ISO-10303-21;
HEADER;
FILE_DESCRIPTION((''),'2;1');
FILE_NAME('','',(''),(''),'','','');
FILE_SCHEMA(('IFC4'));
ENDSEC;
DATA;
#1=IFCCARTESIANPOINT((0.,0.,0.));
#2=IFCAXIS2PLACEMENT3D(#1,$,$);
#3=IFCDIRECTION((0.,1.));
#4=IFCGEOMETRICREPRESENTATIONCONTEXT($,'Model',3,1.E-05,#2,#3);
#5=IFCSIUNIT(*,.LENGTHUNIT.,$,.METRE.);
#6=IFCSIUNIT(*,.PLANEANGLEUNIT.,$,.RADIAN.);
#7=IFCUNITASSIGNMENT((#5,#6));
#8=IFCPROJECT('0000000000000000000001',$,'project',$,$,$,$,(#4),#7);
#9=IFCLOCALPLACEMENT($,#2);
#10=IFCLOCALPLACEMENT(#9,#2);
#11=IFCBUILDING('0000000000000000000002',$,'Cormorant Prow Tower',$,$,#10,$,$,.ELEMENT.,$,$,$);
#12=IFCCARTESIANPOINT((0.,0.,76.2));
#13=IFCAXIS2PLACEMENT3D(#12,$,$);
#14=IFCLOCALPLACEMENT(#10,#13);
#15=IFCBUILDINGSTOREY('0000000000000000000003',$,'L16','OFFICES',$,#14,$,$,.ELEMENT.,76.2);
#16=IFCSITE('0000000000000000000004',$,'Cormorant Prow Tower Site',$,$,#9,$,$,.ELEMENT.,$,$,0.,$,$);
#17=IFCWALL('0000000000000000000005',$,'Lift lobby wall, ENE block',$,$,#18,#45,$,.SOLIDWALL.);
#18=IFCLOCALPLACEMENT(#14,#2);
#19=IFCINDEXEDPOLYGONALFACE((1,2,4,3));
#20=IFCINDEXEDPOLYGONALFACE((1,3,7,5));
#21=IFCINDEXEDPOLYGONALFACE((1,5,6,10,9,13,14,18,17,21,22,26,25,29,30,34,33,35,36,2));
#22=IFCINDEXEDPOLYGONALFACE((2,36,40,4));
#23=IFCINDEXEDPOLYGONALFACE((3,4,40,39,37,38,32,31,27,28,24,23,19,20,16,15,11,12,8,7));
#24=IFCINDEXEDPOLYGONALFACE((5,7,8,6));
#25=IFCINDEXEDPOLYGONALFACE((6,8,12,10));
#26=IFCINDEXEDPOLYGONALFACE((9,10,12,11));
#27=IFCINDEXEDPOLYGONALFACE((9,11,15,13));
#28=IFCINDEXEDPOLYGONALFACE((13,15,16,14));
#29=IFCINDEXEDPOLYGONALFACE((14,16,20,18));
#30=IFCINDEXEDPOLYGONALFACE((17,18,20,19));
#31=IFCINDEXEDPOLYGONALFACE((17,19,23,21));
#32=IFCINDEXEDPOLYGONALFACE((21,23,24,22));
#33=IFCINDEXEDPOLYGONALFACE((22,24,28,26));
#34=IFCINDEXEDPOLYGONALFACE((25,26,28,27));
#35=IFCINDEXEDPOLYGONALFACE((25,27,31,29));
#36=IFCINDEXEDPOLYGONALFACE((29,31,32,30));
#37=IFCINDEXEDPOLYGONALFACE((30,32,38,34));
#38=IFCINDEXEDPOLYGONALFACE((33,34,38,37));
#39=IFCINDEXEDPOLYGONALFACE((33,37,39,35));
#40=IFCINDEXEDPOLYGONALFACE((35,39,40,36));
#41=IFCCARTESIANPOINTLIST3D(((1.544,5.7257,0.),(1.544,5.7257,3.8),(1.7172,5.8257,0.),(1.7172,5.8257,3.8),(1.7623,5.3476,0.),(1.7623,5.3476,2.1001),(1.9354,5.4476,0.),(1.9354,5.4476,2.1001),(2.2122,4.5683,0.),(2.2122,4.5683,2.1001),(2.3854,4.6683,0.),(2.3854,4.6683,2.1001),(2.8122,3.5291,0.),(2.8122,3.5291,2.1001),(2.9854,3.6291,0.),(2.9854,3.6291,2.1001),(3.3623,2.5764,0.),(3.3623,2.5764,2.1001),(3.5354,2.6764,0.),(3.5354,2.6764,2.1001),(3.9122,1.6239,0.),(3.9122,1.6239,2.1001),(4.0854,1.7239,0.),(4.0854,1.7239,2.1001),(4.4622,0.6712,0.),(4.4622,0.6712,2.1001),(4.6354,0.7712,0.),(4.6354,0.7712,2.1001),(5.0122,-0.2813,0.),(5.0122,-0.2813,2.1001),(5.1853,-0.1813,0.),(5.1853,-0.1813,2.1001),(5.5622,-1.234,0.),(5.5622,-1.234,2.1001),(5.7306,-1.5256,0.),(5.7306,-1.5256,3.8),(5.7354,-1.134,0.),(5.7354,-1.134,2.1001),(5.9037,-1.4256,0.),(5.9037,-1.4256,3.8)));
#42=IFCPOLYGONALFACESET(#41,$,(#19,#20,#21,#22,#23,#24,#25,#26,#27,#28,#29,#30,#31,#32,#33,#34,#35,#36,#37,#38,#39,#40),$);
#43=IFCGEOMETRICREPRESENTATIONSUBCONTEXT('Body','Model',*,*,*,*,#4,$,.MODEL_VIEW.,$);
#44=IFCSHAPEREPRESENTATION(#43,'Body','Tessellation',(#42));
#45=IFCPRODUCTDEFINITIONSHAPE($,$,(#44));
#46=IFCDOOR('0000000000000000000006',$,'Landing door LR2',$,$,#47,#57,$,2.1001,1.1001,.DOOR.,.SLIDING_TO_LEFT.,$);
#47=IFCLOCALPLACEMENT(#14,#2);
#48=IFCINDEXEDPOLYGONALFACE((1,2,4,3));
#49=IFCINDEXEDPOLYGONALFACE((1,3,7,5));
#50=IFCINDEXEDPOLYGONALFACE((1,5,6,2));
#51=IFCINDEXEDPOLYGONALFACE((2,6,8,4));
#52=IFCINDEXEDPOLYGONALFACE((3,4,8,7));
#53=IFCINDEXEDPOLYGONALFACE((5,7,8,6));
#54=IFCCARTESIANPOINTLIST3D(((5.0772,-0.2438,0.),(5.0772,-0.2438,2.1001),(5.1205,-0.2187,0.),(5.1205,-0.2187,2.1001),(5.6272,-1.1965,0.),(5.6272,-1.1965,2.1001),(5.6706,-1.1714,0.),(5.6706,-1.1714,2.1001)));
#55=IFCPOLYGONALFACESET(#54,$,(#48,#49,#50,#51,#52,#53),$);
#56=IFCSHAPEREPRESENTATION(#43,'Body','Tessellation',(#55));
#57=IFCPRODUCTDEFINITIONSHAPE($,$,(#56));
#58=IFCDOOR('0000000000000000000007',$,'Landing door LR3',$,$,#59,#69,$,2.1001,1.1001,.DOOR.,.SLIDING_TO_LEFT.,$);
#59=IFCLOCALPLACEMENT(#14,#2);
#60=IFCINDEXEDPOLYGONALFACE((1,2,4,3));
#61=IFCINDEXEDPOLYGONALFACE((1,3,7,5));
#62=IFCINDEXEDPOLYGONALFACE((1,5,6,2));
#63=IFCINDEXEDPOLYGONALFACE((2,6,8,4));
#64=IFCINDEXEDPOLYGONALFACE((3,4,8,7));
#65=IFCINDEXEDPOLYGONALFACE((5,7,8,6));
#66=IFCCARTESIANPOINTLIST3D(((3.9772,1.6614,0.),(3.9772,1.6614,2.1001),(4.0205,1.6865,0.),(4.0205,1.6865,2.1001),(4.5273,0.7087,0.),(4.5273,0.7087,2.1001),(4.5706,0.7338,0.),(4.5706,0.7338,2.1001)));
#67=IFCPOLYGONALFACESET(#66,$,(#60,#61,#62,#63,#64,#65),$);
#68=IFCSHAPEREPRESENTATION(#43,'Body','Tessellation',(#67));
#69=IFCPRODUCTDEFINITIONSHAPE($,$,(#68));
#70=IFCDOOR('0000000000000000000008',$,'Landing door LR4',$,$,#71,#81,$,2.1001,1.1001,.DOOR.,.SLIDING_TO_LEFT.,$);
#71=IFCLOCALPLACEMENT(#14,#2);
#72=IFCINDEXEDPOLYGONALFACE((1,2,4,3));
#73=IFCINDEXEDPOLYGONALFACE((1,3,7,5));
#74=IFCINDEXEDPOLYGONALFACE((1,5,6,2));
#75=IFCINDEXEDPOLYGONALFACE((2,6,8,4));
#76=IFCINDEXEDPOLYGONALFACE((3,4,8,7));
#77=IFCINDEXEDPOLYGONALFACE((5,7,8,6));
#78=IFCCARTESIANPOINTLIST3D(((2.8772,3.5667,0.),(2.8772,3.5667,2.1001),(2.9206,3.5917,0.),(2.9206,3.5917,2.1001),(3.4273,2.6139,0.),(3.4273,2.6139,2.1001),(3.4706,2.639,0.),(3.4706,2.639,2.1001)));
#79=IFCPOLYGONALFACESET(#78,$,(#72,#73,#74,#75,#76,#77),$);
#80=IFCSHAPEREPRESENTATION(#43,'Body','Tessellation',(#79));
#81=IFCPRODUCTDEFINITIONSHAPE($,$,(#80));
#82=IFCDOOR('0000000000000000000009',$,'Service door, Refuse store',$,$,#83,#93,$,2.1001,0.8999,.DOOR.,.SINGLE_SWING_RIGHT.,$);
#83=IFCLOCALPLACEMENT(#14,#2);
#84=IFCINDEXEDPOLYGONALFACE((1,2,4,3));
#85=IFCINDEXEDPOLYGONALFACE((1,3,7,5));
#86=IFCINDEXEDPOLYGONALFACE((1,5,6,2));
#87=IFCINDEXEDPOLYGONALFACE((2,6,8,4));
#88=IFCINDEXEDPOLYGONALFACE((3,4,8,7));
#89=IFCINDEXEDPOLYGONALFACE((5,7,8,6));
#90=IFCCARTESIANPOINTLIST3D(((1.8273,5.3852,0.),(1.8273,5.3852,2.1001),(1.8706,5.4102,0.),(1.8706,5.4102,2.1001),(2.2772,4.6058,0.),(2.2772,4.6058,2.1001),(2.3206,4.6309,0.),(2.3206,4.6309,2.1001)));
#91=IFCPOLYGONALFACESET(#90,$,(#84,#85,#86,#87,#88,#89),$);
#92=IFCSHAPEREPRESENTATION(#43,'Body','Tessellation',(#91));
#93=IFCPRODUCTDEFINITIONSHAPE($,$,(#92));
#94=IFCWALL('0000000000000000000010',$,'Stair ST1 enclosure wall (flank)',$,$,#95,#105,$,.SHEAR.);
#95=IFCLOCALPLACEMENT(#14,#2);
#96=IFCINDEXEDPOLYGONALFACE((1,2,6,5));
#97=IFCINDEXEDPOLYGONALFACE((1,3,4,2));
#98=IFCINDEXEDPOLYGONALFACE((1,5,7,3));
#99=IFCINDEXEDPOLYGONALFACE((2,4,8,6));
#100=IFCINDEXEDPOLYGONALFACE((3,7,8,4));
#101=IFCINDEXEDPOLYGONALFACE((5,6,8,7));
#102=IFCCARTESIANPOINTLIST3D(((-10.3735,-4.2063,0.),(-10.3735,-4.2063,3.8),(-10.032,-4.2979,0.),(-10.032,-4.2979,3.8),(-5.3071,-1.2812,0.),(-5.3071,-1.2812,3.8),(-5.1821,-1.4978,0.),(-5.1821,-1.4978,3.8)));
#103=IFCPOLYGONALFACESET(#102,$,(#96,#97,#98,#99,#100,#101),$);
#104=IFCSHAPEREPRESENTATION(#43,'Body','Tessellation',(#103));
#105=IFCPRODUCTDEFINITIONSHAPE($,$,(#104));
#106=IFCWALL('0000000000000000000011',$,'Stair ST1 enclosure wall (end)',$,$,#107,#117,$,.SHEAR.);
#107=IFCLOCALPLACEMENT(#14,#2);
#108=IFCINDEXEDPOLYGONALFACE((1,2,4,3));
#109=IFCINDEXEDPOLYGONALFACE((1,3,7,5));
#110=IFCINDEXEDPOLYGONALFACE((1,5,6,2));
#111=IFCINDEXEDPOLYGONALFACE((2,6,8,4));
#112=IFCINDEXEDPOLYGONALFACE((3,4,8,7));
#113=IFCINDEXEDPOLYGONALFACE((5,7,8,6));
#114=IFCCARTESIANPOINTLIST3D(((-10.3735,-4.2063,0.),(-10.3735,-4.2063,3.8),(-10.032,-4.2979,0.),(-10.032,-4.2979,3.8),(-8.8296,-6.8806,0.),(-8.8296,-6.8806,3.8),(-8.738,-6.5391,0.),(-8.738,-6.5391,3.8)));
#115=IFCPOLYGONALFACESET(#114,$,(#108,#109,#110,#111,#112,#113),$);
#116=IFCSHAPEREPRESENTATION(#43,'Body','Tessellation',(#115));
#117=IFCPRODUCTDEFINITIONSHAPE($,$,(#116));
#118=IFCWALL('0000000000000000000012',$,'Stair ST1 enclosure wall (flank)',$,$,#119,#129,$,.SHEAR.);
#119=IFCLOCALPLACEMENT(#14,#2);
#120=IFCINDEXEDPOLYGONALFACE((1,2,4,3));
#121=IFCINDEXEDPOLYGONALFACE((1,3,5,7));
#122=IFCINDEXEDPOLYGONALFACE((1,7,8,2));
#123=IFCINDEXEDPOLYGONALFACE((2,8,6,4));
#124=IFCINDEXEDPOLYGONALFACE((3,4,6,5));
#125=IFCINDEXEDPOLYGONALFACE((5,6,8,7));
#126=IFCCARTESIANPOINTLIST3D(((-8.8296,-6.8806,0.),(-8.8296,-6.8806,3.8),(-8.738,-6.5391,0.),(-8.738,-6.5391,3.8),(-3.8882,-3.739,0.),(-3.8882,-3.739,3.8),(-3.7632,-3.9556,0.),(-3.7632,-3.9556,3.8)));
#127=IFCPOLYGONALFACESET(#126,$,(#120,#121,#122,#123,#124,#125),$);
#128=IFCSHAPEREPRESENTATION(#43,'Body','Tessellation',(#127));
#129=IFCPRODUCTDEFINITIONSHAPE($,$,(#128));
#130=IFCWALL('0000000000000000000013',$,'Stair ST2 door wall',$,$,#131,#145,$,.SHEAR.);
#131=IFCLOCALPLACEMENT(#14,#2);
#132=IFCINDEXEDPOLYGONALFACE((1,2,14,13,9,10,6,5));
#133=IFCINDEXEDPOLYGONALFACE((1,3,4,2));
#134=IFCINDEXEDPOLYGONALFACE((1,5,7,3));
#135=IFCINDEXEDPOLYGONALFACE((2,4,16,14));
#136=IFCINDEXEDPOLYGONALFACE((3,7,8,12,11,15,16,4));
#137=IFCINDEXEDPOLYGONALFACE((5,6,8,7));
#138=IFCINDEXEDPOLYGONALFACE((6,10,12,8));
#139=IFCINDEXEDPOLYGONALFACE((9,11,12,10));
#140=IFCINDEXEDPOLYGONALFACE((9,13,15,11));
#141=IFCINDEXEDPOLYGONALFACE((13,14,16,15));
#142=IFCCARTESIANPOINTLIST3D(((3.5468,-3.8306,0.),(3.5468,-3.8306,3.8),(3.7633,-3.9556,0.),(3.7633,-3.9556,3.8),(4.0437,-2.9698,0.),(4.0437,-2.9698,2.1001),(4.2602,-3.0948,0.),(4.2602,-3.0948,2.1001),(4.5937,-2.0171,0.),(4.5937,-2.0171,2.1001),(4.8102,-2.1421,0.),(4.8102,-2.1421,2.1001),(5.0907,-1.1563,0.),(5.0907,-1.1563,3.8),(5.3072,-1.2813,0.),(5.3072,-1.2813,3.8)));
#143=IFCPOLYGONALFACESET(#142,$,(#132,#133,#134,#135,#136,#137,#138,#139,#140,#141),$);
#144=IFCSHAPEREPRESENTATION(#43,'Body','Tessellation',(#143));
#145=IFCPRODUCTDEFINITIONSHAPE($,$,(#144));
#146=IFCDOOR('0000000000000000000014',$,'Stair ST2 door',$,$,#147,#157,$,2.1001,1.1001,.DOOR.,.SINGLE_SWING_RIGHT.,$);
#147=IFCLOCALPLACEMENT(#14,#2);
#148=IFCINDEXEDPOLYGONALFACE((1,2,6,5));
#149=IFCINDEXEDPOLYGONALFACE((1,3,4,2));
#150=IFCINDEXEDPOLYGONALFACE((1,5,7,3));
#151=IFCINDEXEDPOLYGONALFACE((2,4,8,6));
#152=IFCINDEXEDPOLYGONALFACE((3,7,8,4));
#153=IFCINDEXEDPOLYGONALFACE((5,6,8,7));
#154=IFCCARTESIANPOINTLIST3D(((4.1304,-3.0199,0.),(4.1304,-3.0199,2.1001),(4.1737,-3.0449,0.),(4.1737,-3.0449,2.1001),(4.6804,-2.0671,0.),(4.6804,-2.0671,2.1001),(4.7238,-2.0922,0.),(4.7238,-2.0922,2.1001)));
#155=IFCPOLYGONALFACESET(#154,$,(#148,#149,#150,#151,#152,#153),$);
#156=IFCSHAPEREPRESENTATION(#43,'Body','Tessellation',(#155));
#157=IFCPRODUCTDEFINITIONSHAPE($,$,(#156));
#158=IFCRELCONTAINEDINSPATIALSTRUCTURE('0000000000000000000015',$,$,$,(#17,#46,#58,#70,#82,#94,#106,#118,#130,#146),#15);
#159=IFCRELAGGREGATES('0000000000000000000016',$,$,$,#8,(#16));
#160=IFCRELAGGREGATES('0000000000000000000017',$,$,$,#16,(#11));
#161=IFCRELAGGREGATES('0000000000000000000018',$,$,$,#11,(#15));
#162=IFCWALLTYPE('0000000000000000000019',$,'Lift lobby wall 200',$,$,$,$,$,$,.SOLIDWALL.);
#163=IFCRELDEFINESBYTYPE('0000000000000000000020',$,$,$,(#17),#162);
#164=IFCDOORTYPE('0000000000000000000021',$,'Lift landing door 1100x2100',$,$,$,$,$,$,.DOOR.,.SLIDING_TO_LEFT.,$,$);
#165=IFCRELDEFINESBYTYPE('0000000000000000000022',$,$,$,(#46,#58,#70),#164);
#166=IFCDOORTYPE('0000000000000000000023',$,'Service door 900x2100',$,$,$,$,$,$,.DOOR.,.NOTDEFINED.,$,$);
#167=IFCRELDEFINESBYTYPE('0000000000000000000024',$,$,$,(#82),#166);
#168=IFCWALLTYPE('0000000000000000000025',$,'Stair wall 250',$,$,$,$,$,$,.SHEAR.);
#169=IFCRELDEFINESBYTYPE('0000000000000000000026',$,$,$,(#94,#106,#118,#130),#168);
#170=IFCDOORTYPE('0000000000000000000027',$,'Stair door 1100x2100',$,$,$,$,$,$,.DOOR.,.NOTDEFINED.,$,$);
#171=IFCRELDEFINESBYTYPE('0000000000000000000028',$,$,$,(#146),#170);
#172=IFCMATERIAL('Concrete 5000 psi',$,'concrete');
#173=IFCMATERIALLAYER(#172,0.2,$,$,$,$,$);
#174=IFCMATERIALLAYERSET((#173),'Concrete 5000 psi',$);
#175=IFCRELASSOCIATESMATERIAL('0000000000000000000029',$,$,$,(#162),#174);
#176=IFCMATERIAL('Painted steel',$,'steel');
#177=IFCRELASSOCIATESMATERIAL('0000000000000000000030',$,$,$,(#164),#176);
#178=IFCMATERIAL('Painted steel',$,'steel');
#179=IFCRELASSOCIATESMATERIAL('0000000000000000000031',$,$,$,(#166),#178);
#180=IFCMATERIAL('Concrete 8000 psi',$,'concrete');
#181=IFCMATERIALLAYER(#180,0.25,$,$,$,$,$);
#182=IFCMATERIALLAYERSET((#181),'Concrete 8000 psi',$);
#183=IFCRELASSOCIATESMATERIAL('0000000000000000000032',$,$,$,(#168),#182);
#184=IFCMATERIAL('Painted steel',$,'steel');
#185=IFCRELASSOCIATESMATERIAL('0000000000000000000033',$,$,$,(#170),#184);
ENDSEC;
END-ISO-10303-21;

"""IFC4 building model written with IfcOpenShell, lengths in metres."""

from ifc_helpers import new_model, si_unit, direction, frame, frame_2d, origin, place, context, subcontext, project, spatial, polyline, rectangle, outline, extrude, material, layer, layer_set, type_object, element, fill, save


model = new_model("IFC4")

# Units and contexts
model_context = context("Model", 3, precision=1e-05, world=origin(), true_north=direction((0.0, 1.0)))
body_context = subcontext(model_context, "Body", "Model", "MODEL_VIEW")
ifc_project = project(units=[si_unit("LENGTHUNIT", "METRE"), si_unit("PLANEANGLEUNIT", "RADIAN")], contexts=[model_context])

# Site, building, storey
site_placement = place(None, origin())
site = spatial("IfcSite", under=ifc_project, at=site_placement, Name="Cormorant Prow Tower Site", CompositionType="ELEMENT", RefElevation=0.0)
building_placement = place(site_placement, origin())
building = spatial("IfcBuilding", under=site, at=building_placement, Name="Cormorant Prow Tower", CompositionType="ELEMENT")
storey_placement = place(building_placement, frame((0.0, 0.0, 76.2)))
storey = spatial("IfcBuildingStorey", under=building, at=storey_placement, Name="L16", Description="OFFICES", CompositionType="ELEMENT", Elevation=76.2)

# Wall, openings, doors
ifc_material_1 = material(Name="Concrete 5000 psi", Category="concrete")
ifc_layer_1 = layer(ifc_material_1, 0.2)
ifc_layer_set_1 = layer_set([ifc_layer_1], Name="Concrete 5000 psi")
wall_type_1 = type_object("IfcWallType", Name="Lift lobby wall 200", PredefinedType="SOLIDWALL", material=ifc_layer_set_1)
wall_1_placement = place(storey_placement, frame((5.8171, -1.4756, 0.0), z_axis=(0.0, 0.0, 1.0), x_axis=(-0.500003, 0.866024, 0.0)))
wall_1 = element("IfcWall", 1, at=wall_1_placement, inside=storey, type_object=wall_type_1, Name="Lift lobby wall, ENE block", PredefinedType="SOLIDWALL", context=body_context, shape_type="SweptSolid", body=[
    extrude(rectangle(XDim=8.373, YDim=0.2, at=frame_2d((4.1865, 0.0))), origin(), (0.0, 0.0, 1.0), 3.8),
])
opening_1_placement = place(wall_1_placement, frame((0.3367, 0.0, 0.0)))
opening_1 = element("IfcOpeningElement", 2, at=opening_1_placement, cuts=wall_1, PredefinedType="OPENING", context=body_context, shape_type="SweptSolid", body=[
    extrude(rectangle(XDim=1.1001, YDim=2.1001, at=frame_2d((0.55, 1.05))), frame((0.0, 0.1099, 0.0), z_axis=(0.0, -1.0, 0.0), x_axis=(1.0, 0.0, 0.0)), (0.0, 0.0, 1.0), 0.22),
])
opening_2_placement = place(wall_1_placement, frame((2.5366, 0.0, 0.0)))
opening_2 = element("IfcOpeningElement", 3, at=opening_2_placement, cuts=wall_1, PredefinedType="OPENING", context=body_context, shape_type="SweptSolid", body=[
    extrude(rectangle(XDim=1.1001, YDim=2.1001, at=frame_2d((0.55, 1.05))), frame((0.0, 0.1099, 0.0), z_axis=(0.0, -1.0, 0.0), x_axis=(1.0, 0.0, 0.0)), (0.0, 0.0, 1.0), 0.22),
])
opening_3_placement = place(wall_1_placement, frame((4.7366, 0.0, 0.0)))
opening_3 = element("IfcOpeningElement", 4, at=opening_3_placement, cuts=wall_1, PredefinedType="OPENING", context=body_context, shape_type="SweptSolid", body=[
    extrude(rectangle(XDim=1.1001, YDim=2.1001, at=frame_2d((0.55, 1.05))), frame((0.0, 0.1099, 0.0), z_axis=(0.0, -1.0, 0.0), x_axis=(1.0, 0.0, 0.0)), (0.0, 0.0, 1.0), 0.22),
])
opening_4_placement = place(wall_1_placement, frame((7.0366, 0.0, 0.0)))
opening_4 = element("IfcOpeningElement", 5, at=opening_4_placement, cuts=wall_1, PredefinedType="OPENING", context=body_context, shape_type="SweptSolid", body=[
    extrude(rectangle(XDim=0.8999, YDim=2.1001, at=frame_2d((0.45, 1.05))), frame((0.0, 0.1099, 0.0), z_axis=(0.0, -1.0, 0.0), x_axis=(1.0, 0.0, 0.0)), (0.0, 0.0, 1.0), 0.22),
])
ifc_material_2 = material(Name="Painted steel", Category="steel")
door_type_1 = type_object("IfcDoorType", Name="Lift landing door 1100x2100", OperationType="SLIDING_TO_LEFT", PredefinedType="DOOR", material=ifc_material_2)
door_1_placement = place(opening_1_placement, origin())
door_1 = element("IfcDoor", 6, at=door_1_placement, inside=storey, type_object=door_type_1, Name="Landing door LR2", OperationType="SLIDING_TO_LEFT", OverallHeight=2.1001, OverallWidth=1.1001, PredefinedType="DOOR", context=body_context, shape_type="SweptSolid", body=[
    extrude(rectangle(XDim=1.1001, YDim=2.1001, at=frame_2d((0.55, 1.05))), frame((0.0, 0.0249, 0.0), z_axis=(0.0, -1.0, 0.0), x_axis=(1.0, 0.0, 0.0)), (0.0, 0.0, 1.0), 0.05),
])
fill(opening_1, door_1)
door_2_placement = place(opening_2_placement, origin())
door_2 = element("IfcDoor", 7, at=door_2_placement, inside=storey, type_object=door_type_1, Name="Landing door LR3", OperationType="SLIDING_TO_LEFT", OverallHeight=2.1001, OverallWidth=1.1001, PredefinedType="DOOR", context=body_context, shape_type="SweptSolid", body=[
    extrude(rectangle(XDim=1.1001, YDim=2.1001, at=frame_2d((0.55, 1.05))), frame((0.0, 0.0249, 0.0), z_axis=(0.0, -1.0, 0.0), x_axis=(1.0, 0.0, 0.0)), (0.0, 0.0, 1.0), 0.05),
])
fill(opening_2, door_2)
door_3_placement = place(opening_3_placement, origin())
door_3 = element("IfcDoor", 8, at=door_3_placement, inside=storey, type_object=door_type_1, Name="Landing door LR4", OperationType="SLIDING_TO_LEFT", OverallHeight=2.1001, OverallWidth=1.1001, PredefinedType="DOOR", context=body_context, shape_type="SweptSolid", body=[
    extrude(rectangle(XDim=1.1001, YDim=2.1001, at=frame_2d((0.55, 1.05))), frame((0.0, 0.0249, 0.0), z_axis=(0.0, -1.0, 0.0), x_axis=(1.0, 0.0, 0.0)), (0.0, 0.0, 1.0), 0.05),
])
fill(opening_3, door_3)
ifc_material_3 = material(Name="Painted steel", Category="steel")
door_type_2 = type_object("IfcDoorType", Name="Service door 900x2100", OperationType="NOTDEFINED", PredefinedType="DOOR", material=ifc_material_3)
door_4_placement = place(opening_4_placement, origin())
door_4 = element("IfcDoor", 9, at=door_4_placement, inside=storey, type_object=door_type_2, Name="Service door, Refuse store", OperationType="SINGLE_SWING_RIGHT", OverallHeight=2.1001, OverallWidth=0.8999, PredefinedType="DOOR", context=body_context, shape_type="SweptSolid", body=[
    extrude(rectangle(XDim=0.8999, YDim=2.1001, at=frame_2d((0.45, 1.05))), frame((0.0, 0.0249, 0.0), z_axis=(0.0, -1.0, 0.0), x_axis=(1.0, 0.0, 0.0)), (0.0, 0.0, 1.0), 0.05),
])
fill(opening_4, door_4)

# Walls
ifc_material_4 = material(Name="Concrete 8000 psi", Category="concrete")
ifc_layer_2 = layer(ifc_material_4, 0.25)
ifc_layer_set_2 = layer_set([ifc_layer_2], Name="Concrete 8000 psi")
wall_type_2 = type_object("IfcWallType", Name="Stair wall 250", PredefinedType="SHEAR", material=ifc_layer_set_2)
wall_2_placement = place(storey_placement, origin())
element("IfcWall", 10, at=wall_2_placement, inside=storey, type_object=wall_type_2, Name="Stair ST1 enclosure wall (flank)", PredefinedType="SHEAR", context=body_context, shape_type="SweptSolid", body=[
    extrude(outline(polyline([(-5.3071, -1.2812), (-10.3735, -4.2063), (-10.032, -4.2979), (-5.1821, -1.4978), (-5.3071, -1.2812)])), origin(), (0.0, 0.0, 1.0), 3.8),
])
wall_3_placement = place(storey_placement, origin())
element("IfcWall", 11, at=wall_3_placement, inside=storey, type_object=wall_type_2, Name="Stair ST1 enclosure wall (end)", PredefinedType="SHEAR", context=body_context, shape_type="SweptSolid", body=[
    extrude(outline(polyline([(-10.3735, -4.2063), (-8.8296, -6.8806), (-8.738, -6.5391), (-10.032, -4.2979), (-10.3735, -4.2063)])), origin(), (0.0, 0.0, 1.0), 3.8),
])
wall_4_placement = place(storey_placement, origin())
element("IfcWall", 12, at=wall_4_placement, inside=storey, type_object=wall_type_2, Name="Stair ST1 enclosure wall (flank)", PredefinedType="SHEAR", context=body_context, shape_type="SweptSolid", body=[
    extrude(outline(polyline([(-8.738, -6.5391), (-8.8296, -6.8806), (-3.7632, -3.9556), (-3.8882, -3.739), (-8.738, -6.5391)])), origin(), (0.0, 0.0, 1.0), 3.8),
])

# Wall, opening, door
wall_5_placement = place(storey_placement, frame((3.655, -3.8931, 0.0), z_axis=(0.0, 0.0, 1.0), x_axis=(0.499983, 0.866035, 0.0)))
wall_5 = element("IfcWall", 13, at=wall_5_placement, inside=storey, type_object=wall_type_2, Name="Stair ST2 door wall", PredefinedType="SHEAR", context=body_context, shape_type="SweptSolid", body=[
    extrude(rectangle(XDim=3.0879, YDim=0.25, at=frame_2d((1.5439, 0.0))), origin(), (0.0, 0.0, 1.0), 3.8),
])
opening_5_placement = place(wall_5_placement, frame((0.9939, 0.0, 0.0)))
opening_5 = element("IfcOpeningElement", 14, at=opening_5_placement, cuts=wall_5, PredefinedType="OPENING", context=body_context, shape_type="SweptSolid", body=[
    extrude(rectangle(XDim=1.1001, YDim=2.1001, at=frame_2d((0.55, 1.05))), frame((0.0, 0.135, 0.0), z_axis=(0.0, -1.0, 0.0), x_axis=(1.0, 0.0, 0.0)), (0.0, 0.0, 1.0), 0.27),
])
ifc_material_5 = material(Name="Painted steel", Category="steel")
door_type_3 = type_object("IfcDoorType", Name="Stair door 1100x2100", OperationType="NOTDEFINED", PredefinedType="DOOR", material=ifc_material_5)
door_5_placement = place(opening_5_placement, origin())
door_5 = element("IfcDoor", 15, at=door_5_placement, inside=storey, type_object=door_type_3, Name="Stair ST2 door", OperationType="SINGLE_SWING_RIGHT", OverallHeight=2.1001, OverallWidth=1.1001, PredefinedType="DOOR", context=body_context, shape_type="SweptSolid", body=[
    extrude(rectangle(XDim=1.1001, YDim=2.1001, at=frame_2d((0.55, 1.05))), frame((0.0, 0.0249, 0.0), z_axis=(0.0, -1.0, 0.0), x_axis=(1.0, 0.0, 0.0)), (0.0, 0.0, 1.0), 0.05),
])
fill(opening_5, door_5)

save(model, "model.ifc")
